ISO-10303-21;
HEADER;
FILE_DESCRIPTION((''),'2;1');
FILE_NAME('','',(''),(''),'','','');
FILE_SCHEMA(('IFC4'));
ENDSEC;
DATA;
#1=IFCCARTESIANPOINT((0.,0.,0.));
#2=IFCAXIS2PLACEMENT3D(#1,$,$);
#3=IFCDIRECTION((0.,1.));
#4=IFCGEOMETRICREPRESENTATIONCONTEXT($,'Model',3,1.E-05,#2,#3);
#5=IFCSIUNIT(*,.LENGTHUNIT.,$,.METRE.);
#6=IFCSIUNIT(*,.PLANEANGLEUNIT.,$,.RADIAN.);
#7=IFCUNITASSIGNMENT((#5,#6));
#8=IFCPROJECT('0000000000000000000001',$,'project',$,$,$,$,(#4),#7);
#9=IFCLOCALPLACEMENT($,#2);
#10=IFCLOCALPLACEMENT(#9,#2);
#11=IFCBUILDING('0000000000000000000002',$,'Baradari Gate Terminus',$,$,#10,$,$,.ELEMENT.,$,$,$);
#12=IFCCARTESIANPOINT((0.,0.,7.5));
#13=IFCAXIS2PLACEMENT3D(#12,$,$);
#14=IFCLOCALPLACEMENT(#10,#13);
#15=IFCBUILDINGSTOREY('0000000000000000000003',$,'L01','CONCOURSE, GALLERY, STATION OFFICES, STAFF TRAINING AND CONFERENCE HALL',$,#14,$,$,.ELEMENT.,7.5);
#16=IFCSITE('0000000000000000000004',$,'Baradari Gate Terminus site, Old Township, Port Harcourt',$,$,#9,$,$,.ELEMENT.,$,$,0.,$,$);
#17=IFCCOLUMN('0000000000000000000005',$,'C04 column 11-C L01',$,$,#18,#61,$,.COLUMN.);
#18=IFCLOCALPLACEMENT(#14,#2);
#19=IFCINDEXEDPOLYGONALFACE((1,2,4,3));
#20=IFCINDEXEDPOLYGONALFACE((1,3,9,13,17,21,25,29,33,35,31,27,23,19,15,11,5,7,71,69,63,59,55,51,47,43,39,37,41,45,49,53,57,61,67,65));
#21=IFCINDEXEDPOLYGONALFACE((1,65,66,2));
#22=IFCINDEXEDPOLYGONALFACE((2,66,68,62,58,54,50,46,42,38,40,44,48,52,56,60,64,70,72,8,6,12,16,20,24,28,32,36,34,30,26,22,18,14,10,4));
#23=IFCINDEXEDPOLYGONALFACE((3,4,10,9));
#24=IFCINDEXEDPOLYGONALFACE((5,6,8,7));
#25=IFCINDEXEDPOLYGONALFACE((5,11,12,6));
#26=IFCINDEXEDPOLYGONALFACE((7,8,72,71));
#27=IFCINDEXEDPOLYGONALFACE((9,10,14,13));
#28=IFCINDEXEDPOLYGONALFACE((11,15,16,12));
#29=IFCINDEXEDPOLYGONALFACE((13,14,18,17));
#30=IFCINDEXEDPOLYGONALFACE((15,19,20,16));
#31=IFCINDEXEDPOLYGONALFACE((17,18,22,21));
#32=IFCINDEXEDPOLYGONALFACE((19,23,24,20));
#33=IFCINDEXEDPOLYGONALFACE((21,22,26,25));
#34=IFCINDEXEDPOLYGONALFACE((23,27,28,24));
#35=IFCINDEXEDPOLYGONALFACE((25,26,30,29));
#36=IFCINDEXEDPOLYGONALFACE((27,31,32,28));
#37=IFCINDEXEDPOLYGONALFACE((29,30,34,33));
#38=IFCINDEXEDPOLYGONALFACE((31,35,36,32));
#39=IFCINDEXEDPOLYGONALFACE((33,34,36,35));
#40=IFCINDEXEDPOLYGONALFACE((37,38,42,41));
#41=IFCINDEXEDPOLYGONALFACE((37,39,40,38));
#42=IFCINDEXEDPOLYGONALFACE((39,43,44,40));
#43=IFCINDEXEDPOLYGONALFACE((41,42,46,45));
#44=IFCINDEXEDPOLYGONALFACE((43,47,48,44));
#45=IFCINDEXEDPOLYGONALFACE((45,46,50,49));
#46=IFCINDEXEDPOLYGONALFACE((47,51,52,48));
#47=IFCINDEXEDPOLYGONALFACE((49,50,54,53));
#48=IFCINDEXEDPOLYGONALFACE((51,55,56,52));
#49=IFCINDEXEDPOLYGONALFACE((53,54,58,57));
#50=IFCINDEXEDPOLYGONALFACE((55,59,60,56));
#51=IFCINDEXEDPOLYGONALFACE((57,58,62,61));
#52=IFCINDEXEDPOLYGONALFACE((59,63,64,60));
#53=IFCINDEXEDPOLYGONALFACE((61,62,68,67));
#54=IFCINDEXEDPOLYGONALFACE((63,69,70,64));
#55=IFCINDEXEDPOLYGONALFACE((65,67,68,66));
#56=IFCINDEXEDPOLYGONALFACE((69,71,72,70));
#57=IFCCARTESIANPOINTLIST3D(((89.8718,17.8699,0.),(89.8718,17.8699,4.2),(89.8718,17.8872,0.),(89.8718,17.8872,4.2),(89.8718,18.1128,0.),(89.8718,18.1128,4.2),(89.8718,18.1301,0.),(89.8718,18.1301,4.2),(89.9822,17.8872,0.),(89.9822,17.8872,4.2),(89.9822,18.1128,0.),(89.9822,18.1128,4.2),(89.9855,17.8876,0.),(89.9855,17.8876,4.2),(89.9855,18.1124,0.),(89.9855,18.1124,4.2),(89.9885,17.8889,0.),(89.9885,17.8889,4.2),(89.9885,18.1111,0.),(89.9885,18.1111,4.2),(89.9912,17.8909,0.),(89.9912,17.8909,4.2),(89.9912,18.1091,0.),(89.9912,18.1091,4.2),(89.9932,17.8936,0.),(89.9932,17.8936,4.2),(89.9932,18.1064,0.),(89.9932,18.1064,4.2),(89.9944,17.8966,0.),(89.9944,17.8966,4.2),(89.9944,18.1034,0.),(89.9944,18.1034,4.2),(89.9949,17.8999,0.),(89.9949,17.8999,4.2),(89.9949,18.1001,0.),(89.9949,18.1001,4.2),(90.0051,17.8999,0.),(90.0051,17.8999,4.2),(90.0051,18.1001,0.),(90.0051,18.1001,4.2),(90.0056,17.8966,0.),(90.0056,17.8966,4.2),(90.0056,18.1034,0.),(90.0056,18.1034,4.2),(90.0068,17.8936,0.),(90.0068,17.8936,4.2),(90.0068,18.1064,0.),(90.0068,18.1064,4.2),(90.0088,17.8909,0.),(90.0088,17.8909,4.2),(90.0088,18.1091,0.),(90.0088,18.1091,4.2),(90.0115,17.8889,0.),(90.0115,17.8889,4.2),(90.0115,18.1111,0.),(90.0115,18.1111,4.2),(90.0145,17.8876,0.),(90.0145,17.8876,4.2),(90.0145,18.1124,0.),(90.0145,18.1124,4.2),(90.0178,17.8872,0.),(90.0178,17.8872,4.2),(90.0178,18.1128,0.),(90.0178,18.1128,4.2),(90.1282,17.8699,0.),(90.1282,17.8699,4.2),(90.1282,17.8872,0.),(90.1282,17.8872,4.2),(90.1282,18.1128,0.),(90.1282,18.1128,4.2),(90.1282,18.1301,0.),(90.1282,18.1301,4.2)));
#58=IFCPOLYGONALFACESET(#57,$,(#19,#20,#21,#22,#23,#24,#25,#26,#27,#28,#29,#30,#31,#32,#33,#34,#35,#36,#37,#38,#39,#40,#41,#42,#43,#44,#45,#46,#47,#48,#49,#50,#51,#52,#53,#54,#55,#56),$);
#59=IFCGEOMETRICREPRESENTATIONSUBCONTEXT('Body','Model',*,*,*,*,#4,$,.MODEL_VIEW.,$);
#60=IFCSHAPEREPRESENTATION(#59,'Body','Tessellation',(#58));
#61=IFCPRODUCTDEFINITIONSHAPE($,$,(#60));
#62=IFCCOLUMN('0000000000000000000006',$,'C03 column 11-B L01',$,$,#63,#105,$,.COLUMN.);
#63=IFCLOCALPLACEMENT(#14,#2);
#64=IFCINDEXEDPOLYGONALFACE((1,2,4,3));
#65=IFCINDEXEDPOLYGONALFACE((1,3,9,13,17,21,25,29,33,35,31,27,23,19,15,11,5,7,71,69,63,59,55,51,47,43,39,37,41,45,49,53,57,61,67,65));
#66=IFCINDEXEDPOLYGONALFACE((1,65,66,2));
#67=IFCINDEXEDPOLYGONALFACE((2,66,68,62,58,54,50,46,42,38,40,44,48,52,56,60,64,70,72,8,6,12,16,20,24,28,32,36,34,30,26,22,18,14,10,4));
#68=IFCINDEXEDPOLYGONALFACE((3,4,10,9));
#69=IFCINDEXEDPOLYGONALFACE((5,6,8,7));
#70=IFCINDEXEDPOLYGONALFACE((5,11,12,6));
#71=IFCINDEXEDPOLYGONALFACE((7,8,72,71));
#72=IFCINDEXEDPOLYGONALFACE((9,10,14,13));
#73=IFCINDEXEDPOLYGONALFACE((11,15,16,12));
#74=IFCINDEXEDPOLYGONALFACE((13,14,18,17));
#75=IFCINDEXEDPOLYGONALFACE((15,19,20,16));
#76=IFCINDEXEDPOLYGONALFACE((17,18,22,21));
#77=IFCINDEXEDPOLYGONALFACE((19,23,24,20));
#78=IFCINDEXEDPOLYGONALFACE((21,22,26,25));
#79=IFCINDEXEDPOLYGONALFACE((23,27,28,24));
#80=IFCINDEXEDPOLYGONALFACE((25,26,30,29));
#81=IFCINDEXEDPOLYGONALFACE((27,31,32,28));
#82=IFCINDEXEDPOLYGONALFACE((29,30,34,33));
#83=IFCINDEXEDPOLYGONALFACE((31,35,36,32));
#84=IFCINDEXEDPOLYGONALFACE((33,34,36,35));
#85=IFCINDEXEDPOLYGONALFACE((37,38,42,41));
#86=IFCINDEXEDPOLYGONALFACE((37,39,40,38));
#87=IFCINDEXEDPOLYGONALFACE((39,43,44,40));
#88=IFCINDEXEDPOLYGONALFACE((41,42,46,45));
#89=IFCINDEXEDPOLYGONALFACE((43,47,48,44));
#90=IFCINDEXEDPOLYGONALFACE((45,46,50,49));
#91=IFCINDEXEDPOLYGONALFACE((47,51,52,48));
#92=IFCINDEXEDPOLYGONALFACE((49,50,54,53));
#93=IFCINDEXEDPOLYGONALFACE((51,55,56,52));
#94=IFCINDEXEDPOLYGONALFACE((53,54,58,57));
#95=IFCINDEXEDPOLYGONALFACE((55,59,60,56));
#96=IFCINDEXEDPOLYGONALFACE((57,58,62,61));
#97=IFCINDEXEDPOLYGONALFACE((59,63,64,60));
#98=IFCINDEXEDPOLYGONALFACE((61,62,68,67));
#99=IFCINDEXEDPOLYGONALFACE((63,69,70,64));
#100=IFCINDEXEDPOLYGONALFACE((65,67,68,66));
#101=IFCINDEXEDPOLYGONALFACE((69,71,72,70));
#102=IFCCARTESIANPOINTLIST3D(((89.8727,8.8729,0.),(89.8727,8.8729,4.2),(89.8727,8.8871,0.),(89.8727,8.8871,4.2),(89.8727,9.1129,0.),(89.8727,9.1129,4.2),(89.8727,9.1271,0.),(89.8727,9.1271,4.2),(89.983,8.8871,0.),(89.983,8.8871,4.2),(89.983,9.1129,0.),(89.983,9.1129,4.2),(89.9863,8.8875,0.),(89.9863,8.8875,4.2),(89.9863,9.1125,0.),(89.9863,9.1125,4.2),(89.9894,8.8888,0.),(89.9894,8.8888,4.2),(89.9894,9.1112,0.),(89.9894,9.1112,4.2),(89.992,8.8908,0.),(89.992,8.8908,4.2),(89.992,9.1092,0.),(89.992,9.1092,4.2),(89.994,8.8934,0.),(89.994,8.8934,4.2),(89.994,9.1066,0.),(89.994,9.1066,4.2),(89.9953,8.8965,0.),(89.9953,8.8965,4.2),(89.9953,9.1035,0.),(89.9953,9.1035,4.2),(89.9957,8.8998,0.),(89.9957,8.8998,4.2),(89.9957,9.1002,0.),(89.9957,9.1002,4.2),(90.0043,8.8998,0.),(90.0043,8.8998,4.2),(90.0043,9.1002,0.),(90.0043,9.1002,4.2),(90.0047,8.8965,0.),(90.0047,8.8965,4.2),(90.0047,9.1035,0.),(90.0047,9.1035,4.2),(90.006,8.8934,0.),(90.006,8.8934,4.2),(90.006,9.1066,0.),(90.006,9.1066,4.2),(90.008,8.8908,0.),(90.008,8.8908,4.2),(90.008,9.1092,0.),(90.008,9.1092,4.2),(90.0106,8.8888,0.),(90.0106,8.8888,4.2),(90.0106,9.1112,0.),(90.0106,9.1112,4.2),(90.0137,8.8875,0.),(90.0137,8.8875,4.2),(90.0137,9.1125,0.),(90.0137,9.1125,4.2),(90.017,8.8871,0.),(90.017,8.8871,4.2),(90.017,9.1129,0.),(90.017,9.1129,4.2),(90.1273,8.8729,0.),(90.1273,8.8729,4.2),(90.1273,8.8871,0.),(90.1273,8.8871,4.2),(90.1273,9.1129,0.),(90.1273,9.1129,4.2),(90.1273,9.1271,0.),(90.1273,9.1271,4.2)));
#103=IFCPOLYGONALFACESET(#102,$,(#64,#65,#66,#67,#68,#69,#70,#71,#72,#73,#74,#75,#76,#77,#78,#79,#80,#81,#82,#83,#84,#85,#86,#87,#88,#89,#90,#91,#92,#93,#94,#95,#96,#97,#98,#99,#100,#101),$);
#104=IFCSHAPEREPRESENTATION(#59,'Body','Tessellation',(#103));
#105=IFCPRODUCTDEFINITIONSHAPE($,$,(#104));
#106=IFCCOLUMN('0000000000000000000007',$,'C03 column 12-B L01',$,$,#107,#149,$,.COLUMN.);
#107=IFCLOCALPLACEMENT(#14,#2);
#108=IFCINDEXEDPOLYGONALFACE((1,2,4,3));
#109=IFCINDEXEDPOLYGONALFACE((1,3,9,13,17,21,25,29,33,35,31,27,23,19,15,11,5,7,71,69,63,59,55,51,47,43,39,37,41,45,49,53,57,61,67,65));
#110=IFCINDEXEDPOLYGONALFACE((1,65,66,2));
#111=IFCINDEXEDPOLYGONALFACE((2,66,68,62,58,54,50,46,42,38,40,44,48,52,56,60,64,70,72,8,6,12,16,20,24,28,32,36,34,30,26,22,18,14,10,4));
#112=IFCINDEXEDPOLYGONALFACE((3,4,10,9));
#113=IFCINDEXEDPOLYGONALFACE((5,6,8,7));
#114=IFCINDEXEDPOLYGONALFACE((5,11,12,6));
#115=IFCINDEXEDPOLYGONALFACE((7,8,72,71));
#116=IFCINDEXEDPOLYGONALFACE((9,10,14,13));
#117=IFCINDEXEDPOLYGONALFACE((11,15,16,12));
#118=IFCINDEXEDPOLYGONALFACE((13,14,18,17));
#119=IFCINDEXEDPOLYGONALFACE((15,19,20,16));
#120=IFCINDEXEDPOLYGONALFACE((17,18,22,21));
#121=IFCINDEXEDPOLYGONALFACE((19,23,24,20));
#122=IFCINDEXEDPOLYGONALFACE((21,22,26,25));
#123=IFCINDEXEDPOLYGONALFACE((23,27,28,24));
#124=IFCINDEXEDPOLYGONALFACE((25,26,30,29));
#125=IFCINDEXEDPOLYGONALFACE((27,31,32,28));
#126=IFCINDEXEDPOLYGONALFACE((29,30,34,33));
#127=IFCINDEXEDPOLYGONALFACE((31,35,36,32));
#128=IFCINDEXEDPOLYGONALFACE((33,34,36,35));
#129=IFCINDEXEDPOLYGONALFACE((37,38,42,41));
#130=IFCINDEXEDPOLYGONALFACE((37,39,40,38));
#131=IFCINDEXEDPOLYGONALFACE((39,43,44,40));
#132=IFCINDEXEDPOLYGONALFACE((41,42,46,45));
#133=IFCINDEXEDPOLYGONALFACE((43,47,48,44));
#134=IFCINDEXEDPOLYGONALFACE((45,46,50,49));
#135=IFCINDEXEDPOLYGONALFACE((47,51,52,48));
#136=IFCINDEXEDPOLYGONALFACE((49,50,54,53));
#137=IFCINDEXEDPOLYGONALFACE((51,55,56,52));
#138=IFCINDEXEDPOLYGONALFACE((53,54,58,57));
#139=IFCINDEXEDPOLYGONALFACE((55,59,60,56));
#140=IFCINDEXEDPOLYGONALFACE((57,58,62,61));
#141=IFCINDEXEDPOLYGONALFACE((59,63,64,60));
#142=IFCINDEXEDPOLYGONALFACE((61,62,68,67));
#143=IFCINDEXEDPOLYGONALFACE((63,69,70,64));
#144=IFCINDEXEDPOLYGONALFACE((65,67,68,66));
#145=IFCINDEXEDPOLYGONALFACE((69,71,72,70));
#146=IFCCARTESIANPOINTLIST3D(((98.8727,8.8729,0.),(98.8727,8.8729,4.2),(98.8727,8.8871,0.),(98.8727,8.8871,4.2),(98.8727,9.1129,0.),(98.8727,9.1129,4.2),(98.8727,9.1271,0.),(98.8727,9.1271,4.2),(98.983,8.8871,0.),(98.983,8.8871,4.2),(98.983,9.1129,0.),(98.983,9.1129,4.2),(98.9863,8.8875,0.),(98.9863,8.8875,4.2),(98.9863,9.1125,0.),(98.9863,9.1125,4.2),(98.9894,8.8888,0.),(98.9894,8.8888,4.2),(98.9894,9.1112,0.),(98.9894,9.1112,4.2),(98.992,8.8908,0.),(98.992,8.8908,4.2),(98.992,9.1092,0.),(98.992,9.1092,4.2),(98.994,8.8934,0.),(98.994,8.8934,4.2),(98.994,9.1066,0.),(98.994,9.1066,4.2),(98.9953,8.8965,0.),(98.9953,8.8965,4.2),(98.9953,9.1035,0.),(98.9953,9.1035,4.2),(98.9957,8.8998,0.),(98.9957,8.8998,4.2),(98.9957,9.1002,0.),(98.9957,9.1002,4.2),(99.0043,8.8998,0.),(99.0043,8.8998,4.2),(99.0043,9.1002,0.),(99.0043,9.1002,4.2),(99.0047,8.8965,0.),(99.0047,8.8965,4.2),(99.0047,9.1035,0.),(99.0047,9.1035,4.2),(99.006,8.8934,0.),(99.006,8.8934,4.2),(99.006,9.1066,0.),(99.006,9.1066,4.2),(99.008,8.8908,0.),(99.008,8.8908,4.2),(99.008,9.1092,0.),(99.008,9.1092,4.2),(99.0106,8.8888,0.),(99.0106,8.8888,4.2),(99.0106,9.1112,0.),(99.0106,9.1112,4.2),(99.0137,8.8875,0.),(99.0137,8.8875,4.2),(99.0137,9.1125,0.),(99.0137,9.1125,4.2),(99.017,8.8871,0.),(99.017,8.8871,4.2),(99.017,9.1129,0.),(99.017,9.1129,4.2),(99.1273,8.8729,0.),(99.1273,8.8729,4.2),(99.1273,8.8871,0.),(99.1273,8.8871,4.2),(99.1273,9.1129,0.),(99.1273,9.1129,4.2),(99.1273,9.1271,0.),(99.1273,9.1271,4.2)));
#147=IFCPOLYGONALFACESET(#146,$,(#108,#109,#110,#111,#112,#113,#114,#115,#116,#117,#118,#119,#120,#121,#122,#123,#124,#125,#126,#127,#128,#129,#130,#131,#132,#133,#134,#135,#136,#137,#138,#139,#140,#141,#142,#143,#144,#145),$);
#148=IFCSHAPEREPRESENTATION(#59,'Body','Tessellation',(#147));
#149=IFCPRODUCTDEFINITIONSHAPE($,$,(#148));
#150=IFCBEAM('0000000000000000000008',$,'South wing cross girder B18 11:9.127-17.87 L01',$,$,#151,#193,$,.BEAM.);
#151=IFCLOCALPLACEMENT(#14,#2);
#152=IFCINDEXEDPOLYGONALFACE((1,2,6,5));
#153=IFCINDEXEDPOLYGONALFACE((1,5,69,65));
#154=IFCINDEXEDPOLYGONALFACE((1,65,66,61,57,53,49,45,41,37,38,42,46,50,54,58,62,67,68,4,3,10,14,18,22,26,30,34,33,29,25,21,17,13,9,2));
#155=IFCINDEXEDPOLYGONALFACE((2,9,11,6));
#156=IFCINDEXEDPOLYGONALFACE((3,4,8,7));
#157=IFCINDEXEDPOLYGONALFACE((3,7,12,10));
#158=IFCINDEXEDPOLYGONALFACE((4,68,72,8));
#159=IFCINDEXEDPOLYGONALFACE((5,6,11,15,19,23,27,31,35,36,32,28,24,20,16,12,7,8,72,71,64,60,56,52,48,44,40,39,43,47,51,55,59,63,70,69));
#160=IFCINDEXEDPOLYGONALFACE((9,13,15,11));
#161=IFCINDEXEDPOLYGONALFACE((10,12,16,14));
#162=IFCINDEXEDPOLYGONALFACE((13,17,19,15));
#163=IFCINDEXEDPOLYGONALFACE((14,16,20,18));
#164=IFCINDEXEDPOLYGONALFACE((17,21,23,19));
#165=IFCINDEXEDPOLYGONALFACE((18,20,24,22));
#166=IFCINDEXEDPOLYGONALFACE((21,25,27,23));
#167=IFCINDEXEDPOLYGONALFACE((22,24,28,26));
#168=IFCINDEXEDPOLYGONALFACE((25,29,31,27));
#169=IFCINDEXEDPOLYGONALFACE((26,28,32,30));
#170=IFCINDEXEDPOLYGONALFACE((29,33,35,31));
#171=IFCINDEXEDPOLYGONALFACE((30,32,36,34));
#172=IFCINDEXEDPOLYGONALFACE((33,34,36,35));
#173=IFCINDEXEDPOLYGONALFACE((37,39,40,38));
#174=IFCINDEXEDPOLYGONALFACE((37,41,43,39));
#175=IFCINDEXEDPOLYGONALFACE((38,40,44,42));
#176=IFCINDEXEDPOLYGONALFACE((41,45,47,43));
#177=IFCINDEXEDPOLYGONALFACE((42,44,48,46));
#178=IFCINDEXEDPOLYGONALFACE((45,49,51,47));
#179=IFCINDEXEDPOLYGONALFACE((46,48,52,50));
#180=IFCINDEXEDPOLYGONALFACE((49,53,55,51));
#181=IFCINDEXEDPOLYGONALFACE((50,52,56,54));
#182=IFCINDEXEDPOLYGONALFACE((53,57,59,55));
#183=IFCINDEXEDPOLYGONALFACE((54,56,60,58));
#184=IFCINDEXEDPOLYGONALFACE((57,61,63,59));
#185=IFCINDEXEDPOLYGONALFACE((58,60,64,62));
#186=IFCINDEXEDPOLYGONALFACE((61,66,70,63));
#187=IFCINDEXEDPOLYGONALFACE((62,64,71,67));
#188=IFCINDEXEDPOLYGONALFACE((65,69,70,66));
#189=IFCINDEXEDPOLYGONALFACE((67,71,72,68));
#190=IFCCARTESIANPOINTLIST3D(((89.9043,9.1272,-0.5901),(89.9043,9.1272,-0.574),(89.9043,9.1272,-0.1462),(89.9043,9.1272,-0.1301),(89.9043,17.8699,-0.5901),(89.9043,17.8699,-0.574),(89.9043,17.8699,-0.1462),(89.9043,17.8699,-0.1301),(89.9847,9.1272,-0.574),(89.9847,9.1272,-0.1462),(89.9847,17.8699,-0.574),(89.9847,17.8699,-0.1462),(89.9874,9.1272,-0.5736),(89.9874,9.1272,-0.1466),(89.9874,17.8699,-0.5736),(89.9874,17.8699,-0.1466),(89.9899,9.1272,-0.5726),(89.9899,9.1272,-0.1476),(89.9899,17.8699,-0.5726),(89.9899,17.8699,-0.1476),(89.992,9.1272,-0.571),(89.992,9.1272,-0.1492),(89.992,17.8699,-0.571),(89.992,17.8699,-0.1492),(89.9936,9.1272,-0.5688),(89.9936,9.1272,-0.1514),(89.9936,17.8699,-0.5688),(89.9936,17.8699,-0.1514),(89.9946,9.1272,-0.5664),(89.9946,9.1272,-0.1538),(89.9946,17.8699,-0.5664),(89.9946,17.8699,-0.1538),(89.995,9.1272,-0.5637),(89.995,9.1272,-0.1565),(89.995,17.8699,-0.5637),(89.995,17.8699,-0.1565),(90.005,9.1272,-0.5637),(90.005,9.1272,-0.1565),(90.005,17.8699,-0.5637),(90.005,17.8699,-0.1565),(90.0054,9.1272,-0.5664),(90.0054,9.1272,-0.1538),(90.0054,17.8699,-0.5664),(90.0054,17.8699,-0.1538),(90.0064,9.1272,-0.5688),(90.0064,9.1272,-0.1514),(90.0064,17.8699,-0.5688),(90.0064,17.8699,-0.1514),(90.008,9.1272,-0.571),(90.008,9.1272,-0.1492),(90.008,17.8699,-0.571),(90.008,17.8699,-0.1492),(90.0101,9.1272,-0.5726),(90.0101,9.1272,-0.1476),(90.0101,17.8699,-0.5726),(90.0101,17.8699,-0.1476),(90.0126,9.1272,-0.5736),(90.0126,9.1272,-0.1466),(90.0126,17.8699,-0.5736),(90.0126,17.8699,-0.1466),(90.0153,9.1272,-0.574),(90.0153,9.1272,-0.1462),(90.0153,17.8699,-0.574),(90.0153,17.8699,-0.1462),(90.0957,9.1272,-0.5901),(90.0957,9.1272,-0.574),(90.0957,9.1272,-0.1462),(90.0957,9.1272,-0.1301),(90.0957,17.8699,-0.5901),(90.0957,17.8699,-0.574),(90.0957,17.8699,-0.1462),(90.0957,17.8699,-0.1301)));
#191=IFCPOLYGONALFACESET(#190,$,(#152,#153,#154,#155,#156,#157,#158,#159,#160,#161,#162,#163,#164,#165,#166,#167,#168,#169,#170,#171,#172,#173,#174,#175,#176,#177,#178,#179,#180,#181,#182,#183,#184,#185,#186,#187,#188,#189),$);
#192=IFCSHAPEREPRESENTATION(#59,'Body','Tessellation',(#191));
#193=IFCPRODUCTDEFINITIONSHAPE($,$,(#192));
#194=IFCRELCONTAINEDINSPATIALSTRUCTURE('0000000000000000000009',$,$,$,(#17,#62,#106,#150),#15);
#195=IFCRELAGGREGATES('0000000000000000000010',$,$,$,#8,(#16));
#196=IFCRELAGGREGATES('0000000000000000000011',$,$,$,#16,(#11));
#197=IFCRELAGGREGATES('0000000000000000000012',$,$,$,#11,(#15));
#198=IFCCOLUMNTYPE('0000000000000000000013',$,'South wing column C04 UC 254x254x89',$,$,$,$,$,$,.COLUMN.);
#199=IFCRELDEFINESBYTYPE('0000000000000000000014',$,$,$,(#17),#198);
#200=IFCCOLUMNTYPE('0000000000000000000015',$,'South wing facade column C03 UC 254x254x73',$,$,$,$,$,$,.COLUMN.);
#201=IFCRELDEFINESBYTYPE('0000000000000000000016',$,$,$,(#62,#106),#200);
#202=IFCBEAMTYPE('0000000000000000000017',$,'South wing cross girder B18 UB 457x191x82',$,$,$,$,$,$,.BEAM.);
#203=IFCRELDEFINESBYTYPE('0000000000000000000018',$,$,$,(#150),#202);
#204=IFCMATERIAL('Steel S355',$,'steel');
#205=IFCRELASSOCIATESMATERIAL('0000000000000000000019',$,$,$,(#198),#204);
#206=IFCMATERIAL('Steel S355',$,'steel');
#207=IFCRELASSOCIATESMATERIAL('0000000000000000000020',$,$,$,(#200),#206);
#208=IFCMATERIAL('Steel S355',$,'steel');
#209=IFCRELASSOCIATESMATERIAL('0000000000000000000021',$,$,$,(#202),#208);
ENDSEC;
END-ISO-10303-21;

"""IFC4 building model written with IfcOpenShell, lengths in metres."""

from ifc_helpers import new_model, si_unit, direction, frame, origin, origin_2d, place, context, subcontext, project, spatial, i_section, extrude, material, material_profile, profile_set, type_object, element, save


model = new_model("IFC4")

# Units and contexts
model_context = context("Model", 3, precision=1e-05, world=origin(), true_north=direction((0.0, 1.0)))
body_context = subcontext(model_context, "Body", "Model", "MODEL_VIEW")
ifc_project = project(units=[si_unit("LENGTHUNIT", "METRE"), si_unit("PLANEANGLEUNIT", "RADIAN")], contexts=[model_context])

# Site, building, storey
site_placement = place(None, origin())
site = spatial("IfcSite", under=ifc_project, at=site_placement, Name="Baradari Gate Terminus site, Old Township, Port Harcourt", CompositionType="ELEMENT", RefElevation=0.0)
building_placement = place(site_placement, origin())
building = spatial("IfcBuilding", under=site, at=building_placement, Name="Baradari Gate Terminus", CompositionType="ELEMENT")
storey_placement = place(building_placement, frame((0.0, 0.0, 7.5)))
storey = spatial("IfcBuildingStorey", under=building, at=storey_placement, Name="L01", Description="CONCOURSE, GALLERY, STATION OFFICES, STAFF TRAINING AND CONFERENCE HALL", CompositionType="ELEMENT", Elevation=7.5)

# Columns
ifc_material_1 = material(Name="Steel S355", Category="steel")
ifc_material_profile_1 = material_profile(ifc_material_1, i_section(OverallWidth=0.2563, OverallDepth=0.2603, WebThickness=0.0103, FlangeThickness=0.0173, FilletRadius=0.0127, at=origin_2d()), Name="UC 254x254x89")
ifc_profile_set_1 = profile_set([ifc_material_profile_1], Name="Steel S355")
column_type_1 = type_object("IfcColumnType", Name="South wing column C04 UC 254x254x89", PredefinedType="COLUMN", material=ifc_profile_set_1)
column_placement = place(storey_placement, frame((90.0, 18.0, 0.0), z_axis=(0.0, 0.0, 1.0), x_axis=(1.0, 0.0, 0.0)))
element("IfcColumn", 1, at=column_placement, inside=storey, type_object=column_type_1, Name="C04 column 11-C L01", PredefinedType="COLUMN", context=body_context, shape_type="SweptSolid", body=[
    extrude(i_section(OverallWidth=0.2563, OverallDepth=0.2603, WebThickness=0.0103, FlangeThickness=0.0173, FilletRadius=0.0127, at=origin_2d()), origin(), (0.0, 0.0, 1.0), 4.2),
])
ifc_material_2 = material(Name="Steel S355", Category="steel")
ifc_material_profile_2 = material_profile(ifc_material_2, i_section(OverallWidth=0.2546, OverallDepth=0.2542, WebThickness=0.0085, FlangeThickness=0.0142, FilletRadius=0.0127, at=origin_2d()), Name="UC 254x254x73")
ifc_profile_set_2 = profile_set([ifc_material_profile_2], Name="Steel S355")
column_type_2 = type_object("IfcColumnType", Name="South wing facade column C03 UC 254x254x73", PredefinedType="COLUMN", material=ifc_profile_set_2)
for number, where, z_axis, x_axis, name in (
    (2, (90.0, 9.0, 0.0), (0.0, 0.0, 1.0), (1.0, 0.0, 0.0), "C03 column 11-B L01"),
    (3, (99.0, 9.0, 0.0), (0.0, 0.0, 1.0), (1.0, 0.0, 0.0), "C03 column 12-B L01"),
):
    element("IfcColumn", number, at=place(storey_placement, frame(where, z_axis=z_axis, x_axis=x_axis)), inside=storey, type_object=column_type_2, Name=name, PredefinedType="COLUMN", context=body_context, shape_type="SweptSolid", body=[
        extrude(i_section(OverallWidth=0.2546, OverallDepth=0.2542, WebThickness=0.0085, FlangeThickness=0.0142, FilletRadius=0.0127, at=origin_2d()), origin(), (0.0, 0.0, 1.0), 4.2),
    ])

# Beam
ifc_material_3 = material(Name="Steel S355", Category="steel")
ifc_material_profile_3 = material_profile(ifc_material_3, i_section(OverallWidth=0.1914, OverallDepth=0.46, WebThickness=0.01, FlangeThickness=0.0161, FilletRadius=0.0103, at=origin_2d()), Name="UB 457x191x82")
ifc_profile_set_3 = profile_set([ifc_material_profile_3], Name="Steel S355")
beam_type_1 = type_object("IfcBeamType", Name="South wing cross girder B18 UB 457x191x82", PredefinedType="BEAM", material=ifc_profile_set_3)
for number, where, z_axis, x_axis, name in (
    (4, (90.0, 9.1272, -0.3601), (0.0, 1.0, 0.0), (-1.0, 0.0, 0.0), "South wing cross girder B18 11:9.127-17.87 L01"),
):
    element("IfcBeam", number, at=place(storey_placement, frame(where, z_axis=z_axis, x_axis=x_axis)), inside=storey, type_object=beam_type_1, Name=name, PredefinedType="BEAM", context=body_context, shape_type="SweptSolid", body=[
        extrude(i_section(OverallWidth=0.1914, OverallDepth=0.46, WebThickness=0.01, FlangeThickness=0.0161, FilletRadius=0.0103, at=origin_2d()), origin(), (0.0, 0.0, 1.0), 8.7427),
    ])

save(model, "model.ifc")
